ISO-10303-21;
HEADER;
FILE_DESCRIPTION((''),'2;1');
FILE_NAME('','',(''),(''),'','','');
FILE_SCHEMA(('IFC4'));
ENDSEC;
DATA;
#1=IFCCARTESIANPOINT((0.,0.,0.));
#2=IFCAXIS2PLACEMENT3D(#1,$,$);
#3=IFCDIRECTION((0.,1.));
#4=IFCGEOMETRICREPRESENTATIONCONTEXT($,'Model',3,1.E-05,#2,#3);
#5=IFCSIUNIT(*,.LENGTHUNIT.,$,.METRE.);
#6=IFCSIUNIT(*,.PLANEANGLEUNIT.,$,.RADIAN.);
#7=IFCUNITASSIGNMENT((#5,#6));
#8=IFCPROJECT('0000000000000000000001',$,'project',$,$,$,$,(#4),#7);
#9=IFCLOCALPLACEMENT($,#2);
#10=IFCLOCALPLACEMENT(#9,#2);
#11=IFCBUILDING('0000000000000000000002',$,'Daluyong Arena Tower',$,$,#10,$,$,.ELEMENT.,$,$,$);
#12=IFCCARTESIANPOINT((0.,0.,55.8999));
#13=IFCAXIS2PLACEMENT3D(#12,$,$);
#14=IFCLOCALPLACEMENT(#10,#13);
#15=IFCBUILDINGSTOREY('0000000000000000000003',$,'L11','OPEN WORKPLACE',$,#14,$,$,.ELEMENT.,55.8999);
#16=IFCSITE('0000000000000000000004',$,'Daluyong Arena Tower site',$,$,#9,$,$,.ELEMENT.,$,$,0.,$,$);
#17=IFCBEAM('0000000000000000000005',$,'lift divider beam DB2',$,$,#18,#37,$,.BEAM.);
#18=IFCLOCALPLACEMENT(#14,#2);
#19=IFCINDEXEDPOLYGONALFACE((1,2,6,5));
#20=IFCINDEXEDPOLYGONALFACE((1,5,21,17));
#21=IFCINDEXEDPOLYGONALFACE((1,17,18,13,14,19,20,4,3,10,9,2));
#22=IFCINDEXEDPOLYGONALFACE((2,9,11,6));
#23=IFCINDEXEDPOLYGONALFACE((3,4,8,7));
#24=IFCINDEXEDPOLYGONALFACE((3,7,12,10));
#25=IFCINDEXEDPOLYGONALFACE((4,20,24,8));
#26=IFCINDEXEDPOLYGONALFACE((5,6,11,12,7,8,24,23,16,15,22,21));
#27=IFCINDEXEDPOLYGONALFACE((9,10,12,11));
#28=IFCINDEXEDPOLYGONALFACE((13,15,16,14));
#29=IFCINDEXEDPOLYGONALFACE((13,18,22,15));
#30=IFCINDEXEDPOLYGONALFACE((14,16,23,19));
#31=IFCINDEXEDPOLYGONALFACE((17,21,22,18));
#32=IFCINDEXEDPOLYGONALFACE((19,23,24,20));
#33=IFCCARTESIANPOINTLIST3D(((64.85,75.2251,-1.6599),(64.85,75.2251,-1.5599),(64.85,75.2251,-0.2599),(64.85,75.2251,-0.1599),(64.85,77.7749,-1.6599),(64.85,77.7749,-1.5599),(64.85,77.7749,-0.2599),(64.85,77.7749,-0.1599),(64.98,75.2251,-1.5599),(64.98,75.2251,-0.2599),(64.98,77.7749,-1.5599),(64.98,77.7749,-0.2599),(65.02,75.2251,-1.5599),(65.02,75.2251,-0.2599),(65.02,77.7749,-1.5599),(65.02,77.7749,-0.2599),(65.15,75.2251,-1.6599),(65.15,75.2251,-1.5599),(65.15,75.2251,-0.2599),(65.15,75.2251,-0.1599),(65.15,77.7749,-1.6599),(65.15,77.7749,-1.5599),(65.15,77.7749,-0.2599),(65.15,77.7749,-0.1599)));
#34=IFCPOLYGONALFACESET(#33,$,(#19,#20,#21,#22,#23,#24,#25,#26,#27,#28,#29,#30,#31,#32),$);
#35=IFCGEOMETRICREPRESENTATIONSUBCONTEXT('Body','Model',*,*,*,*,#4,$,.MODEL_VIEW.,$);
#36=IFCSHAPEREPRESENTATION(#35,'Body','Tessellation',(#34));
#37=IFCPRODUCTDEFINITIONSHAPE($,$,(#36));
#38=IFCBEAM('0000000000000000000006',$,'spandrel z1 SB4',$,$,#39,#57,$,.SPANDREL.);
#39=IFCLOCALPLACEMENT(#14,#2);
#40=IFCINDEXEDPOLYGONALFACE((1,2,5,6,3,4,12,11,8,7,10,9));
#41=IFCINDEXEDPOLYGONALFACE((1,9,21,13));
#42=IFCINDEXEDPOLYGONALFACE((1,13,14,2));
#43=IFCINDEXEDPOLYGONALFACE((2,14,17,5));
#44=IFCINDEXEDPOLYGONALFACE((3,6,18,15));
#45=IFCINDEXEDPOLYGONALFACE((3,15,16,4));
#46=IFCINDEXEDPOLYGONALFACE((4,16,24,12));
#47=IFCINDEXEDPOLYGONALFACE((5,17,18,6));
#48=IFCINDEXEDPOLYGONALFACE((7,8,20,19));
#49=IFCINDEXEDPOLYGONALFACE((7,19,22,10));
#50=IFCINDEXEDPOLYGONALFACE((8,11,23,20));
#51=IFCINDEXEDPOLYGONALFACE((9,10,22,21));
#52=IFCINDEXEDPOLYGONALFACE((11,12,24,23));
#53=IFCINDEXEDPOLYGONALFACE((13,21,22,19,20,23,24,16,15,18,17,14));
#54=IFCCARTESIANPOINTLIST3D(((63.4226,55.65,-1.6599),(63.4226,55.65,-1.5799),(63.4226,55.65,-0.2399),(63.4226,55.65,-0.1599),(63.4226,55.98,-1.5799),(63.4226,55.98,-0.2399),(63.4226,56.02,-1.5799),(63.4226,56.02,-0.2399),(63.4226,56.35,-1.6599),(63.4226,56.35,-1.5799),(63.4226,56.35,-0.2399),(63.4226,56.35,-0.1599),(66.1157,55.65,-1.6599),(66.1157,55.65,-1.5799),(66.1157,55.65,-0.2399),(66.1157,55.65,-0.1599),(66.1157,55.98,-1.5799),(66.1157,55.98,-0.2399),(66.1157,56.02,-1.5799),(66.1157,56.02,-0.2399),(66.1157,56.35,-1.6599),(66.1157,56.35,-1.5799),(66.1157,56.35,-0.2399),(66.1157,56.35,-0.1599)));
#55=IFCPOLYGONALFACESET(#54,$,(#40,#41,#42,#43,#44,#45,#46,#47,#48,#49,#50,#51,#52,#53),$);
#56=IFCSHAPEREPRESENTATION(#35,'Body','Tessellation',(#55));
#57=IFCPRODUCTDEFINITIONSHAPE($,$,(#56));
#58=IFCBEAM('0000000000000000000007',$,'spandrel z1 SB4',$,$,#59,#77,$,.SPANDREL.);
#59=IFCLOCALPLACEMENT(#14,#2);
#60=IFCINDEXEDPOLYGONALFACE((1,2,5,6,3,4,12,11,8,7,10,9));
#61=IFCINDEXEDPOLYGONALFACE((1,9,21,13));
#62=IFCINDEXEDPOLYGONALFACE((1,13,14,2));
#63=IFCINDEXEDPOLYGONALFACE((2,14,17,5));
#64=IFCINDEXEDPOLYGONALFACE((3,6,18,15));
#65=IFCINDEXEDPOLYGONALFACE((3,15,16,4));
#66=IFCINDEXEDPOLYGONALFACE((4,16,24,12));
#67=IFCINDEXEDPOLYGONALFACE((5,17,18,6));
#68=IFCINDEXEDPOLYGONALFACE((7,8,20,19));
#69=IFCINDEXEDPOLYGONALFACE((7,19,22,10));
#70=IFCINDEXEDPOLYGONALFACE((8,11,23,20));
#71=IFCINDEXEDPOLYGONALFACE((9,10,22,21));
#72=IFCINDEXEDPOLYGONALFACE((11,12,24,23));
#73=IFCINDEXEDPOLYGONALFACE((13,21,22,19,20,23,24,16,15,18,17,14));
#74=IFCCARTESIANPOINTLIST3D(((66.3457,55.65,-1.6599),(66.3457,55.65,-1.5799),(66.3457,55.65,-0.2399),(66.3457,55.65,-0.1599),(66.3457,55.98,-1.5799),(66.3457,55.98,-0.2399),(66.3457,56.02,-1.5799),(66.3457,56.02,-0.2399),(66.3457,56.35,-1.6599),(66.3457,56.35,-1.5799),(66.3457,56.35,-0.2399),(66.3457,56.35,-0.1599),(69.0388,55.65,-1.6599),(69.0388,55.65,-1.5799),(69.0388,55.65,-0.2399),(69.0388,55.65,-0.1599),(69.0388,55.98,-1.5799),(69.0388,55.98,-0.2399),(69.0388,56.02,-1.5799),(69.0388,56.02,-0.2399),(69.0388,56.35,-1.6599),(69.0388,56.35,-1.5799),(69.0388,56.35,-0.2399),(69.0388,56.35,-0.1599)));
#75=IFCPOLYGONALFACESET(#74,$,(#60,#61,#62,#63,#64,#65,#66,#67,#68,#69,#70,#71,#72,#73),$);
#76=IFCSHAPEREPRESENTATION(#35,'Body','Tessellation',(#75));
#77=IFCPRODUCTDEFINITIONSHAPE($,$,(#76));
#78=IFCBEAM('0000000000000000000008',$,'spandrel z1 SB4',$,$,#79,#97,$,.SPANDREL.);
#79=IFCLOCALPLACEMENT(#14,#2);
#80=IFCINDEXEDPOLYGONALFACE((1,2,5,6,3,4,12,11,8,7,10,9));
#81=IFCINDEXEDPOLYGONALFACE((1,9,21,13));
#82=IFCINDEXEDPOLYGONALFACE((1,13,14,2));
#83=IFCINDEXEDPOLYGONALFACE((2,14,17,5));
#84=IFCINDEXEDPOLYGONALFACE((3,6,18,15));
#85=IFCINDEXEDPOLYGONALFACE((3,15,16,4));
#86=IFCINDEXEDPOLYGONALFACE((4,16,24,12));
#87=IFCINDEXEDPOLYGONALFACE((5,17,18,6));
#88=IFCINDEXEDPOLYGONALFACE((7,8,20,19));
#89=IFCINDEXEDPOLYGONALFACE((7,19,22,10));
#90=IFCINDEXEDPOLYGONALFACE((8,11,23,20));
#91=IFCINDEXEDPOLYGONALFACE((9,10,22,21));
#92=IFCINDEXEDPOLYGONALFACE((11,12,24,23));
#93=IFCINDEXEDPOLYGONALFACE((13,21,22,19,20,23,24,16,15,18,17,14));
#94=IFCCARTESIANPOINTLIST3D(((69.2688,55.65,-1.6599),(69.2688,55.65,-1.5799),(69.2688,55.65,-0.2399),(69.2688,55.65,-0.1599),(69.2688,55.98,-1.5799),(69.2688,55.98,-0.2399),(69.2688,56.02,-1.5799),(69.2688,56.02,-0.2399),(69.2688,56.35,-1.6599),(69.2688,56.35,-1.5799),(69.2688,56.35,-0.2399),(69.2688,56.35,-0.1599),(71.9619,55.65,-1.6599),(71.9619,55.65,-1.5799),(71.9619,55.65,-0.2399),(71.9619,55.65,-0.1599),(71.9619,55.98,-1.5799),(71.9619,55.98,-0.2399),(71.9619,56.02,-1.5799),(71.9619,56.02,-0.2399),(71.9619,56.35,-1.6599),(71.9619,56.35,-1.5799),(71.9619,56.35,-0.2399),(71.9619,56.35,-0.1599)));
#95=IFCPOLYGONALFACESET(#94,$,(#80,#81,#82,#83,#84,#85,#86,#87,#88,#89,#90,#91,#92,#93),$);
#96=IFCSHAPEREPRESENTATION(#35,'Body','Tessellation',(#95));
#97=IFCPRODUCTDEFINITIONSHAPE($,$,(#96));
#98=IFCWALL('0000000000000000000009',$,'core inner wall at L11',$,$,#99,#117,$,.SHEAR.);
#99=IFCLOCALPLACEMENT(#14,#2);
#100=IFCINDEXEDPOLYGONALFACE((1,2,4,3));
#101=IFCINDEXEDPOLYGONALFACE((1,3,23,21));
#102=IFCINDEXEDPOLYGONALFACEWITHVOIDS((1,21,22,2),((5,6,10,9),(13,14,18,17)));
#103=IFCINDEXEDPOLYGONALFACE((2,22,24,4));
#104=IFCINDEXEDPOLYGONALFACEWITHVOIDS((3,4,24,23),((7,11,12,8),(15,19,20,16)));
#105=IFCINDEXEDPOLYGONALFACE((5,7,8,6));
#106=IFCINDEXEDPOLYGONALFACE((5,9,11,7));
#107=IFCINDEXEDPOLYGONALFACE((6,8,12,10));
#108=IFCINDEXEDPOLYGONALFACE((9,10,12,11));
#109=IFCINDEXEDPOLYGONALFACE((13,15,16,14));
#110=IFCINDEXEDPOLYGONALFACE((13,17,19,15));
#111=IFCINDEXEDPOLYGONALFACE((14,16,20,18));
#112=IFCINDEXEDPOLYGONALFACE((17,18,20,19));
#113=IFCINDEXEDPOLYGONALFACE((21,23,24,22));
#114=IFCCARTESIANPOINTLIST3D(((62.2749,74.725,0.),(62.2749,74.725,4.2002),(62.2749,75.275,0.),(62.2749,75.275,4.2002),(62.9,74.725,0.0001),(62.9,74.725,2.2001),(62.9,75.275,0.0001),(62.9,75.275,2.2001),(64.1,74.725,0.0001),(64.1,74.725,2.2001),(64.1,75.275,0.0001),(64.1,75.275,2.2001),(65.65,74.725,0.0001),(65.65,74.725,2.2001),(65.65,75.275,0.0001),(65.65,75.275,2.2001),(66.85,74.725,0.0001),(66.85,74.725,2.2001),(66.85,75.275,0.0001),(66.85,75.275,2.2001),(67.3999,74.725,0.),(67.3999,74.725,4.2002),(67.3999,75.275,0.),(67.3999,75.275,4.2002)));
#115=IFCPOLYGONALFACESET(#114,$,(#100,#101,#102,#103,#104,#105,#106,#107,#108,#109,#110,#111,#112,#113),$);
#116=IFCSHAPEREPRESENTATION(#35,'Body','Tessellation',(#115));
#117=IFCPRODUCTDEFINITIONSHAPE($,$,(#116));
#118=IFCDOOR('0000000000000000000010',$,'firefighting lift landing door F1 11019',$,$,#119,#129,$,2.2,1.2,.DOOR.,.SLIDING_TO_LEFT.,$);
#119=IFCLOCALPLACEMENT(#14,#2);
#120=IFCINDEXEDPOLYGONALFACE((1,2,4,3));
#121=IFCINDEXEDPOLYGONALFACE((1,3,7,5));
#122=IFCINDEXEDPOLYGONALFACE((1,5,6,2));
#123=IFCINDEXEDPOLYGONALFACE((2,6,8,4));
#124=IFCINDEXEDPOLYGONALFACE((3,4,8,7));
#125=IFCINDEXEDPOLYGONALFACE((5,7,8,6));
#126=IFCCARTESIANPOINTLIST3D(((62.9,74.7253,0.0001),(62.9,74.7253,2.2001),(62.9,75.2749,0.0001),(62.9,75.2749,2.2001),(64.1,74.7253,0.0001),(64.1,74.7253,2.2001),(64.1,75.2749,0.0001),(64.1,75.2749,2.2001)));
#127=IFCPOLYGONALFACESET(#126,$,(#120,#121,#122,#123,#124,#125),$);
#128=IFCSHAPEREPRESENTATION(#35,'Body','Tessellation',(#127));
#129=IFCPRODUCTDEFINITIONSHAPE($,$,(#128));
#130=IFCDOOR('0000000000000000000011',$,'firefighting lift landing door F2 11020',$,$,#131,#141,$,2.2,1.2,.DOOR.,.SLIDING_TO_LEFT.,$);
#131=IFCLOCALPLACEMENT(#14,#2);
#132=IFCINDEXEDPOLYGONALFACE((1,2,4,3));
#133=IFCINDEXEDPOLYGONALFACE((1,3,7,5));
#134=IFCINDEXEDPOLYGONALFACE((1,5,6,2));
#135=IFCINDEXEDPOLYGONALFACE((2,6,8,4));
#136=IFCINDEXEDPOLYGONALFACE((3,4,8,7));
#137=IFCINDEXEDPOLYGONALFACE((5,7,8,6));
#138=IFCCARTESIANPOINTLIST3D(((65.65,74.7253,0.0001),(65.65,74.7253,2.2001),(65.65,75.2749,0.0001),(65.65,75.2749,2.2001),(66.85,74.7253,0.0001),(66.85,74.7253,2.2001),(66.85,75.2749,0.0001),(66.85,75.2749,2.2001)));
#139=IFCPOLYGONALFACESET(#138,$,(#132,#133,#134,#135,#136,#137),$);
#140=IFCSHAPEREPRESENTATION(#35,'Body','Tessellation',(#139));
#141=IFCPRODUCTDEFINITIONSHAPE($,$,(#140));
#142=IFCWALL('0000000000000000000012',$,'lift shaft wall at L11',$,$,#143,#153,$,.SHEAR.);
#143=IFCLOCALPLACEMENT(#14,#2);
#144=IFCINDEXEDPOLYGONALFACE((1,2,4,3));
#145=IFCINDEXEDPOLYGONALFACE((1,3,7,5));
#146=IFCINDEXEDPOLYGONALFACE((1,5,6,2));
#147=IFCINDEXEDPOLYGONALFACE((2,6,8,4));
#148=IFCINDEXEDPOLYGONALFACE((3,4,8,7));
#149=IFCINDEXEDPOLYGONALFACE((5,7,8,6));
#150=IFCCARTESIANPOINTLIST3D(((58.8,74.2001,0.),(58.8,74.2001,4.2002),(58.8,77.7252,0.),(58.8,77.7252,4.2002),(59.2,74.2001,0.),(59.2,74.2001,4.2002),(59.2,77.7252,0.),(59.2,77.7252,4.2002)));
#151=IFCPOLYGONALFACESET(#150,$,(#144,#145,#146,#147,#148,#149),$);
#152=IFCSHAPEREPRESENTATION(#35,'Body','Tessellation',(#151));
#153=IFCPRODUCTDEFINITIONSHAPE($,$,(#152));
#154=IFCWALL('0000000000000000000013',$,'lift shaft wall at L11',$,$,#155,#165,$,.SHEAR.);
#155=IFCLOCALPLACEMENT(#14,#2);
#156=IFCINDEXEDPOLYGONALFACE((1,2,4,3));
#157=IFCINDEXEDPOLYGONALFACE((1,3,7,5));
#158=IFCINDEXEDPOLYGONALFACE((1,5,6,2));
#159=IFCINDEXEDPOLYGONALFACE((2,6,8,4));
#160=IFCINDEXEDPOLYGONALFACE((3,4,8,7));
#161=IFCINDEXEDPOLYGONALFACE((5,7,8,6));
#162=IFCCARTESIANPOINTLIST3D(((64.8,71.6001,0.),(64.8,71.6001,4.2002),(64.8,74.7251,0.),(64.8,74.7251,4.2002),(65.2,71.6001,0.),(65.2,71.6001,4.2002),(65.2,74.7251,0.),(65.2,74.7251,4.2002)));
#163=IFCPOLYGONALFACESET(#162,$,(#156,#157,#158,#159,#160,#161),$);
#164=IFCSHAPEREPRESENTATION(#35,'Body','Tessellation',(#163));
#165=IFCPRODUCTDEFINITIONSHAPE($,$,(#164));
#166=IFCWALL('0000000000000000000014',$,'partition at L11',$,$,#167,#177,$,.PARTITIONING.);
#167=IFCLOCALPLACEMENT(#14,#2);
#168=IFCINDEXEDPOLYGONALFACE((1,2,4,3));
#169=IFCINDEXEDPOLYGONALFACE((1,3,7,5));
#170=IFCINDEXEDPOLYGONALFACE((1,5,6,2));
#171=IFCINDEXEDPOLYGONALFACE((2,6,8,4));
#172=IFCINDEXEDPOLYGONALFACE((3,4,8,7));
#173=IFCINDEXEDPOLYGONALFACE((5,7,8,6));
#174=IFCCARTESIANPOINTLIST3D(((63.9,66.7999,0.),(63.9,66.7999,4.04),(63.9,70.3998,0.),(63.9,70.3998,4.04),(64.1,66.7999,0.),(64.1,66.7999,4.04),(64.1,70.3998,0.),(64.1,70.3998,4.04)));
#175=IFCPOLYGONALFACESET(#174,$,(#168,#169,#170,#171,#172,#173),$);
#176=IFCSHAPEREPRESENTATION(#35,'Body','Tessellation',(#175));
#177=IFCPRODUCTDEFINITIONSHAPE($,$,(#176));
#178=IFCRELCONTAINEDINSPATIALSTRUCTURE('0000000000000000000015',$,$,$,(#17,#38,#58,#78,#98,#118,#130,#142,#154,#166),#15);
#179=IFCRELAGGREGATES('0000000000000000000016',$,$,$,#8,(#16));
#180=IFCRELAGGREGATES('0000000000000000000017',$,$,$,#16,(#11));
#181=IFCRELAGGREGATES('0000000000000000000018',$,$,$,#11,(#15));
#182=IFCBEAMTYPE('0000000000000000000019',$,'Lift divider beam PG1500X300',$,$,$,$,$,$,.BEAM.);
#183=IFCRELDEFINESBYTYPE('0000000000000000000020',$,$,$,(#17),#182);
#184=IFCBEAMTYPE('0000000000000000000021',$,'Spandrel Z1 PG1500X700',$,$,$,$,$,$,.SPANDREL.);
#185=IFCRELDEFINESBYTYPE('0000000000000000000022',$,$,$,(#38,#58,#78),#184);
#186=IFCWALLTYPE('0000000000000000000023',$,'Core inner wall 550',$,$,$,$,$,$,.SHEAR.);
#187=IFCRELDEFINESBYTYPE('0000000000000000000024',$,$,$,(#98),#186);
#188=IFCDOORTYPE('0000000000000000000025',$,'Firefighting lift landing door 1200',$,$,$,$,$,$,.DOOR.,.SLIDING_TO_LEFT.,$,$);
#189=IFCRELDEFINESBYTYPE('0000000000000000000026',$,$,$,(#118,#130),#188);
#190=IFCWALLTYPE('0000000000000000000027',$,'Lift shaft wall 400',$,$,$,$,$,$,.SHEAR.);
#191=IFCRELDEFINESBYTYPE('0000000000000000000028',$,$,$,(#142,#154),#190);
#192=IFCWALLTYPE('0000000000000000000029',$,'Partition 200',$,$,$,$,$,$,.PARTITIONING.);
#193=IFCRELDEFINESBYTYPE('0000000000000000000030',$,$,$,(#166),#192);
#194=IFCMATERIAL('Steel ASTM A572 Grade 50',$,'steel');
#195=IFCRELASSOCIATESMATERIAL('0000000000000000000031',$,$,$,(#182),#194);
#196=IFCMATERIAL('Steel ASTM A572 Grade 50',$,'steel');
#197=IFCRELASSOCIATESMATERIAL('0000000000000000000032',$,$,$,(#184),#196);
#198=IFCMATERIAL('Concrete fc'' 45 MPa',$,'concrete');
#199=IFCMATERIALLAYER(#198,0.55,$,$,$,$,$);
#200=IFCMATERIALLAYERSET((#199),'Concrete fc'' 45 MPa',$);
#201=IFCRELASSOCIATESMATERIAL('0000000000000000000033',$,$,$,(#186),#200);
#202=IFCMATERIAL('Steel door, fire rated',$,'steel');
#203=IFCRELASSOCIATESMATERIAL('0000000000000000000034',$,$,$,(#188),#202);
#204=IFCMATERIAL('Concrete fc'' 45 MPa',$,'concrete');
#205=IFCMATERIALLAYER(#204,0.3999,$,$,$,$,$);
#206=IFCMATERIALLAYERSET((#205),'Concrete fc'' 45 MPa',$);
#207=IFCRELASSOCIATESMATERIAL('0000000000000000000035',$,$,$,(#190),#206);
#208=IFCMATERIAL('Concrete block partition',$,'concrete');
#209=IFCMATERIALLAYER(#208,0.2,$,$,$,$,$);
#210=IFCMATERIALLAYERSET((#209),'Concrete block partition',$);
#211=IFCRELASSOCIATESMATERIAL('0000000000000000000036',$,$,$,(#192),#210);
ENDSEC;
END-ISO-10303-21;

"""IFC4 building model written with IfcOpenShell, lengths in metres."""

from ifc_helpers import new_model, si_unit, direction, frame, frame_2d, origin, origin_2d, place, context, subcontext, project, spatial, rectangle, i_section, extrude, material, layer, layer_set, material_profile, profile_set, type_object, element, fill, save


model = new_model("IFC4")

# Units and contexts
model_context = context("Model", 3, precision=1e-05, world=origin(), true_north=direction((0.0, 1.0)))
body_context = subcontext(model_context, "Body", "Model", "MODEL_VIEW")
ifc_project = project(units=[si_unit("LENGTHUNIT", "METRE"), si_unit("PLANEANGLEUNIT", "RADIAN")], contexts=[model_context])

# Site, building, storey
site_placement = place(None, origin())
site = spatial("IfcSite", under=ifc_project, at=site_placement, Name="Daluyong Arena Tower site", CompositionType="ELEMENT", RefElevation=0.0)
building_placement = place(site_placement, origin())
building = spatial("IfcBuilding", under=site, at=building_placement, Name="Daluyong Arena Tower", CompositionType="ELEMENT")
storey_placement = place(building_placement, frame((0.0, 0.0, 55.8999)))
storey = spatial("IfcBuildingStorey", under=building, at=storey_placement, Name="L11", Description="OPEN WORKPLACE", CompositionType="ELEMENT", Elevation=55.8999)

# Beams
ifc_material_1 = material(Name="Steel ASTM A572 Grade 50", Category="steel")
ifc_material_profile_1 = material_profile(ifc_material_1, i_section(OverallWidth=0.3, OverallDepth=1.5, WebThickness=0.04, FlangeThickness=0.1, at=origin_2d()))
ifc_profile_set_1 = profile_set([ifc_material_profile_1], Name="Steel ASTM A572 Grade 50")
beam_type_1 = type_object("IfcBeamType", Name="Lift divider beam PG1500X300", PredefinedType="BEAM", material=ifc_profile_set_1)
beam_1_placement = place(storey_placement, frame((65.0, 75.2251, -0.9099), z_axis=(0.0, 1.0, 0.0), x_axis=(-1.0, 0.0, 0.0)))
element("IfcBeam", 1, at=beam_1_placement, inside=storey, type_object=beam_type_1, Name="lift divider beam DB2", PredefinedType="BEAM", context=body_context, shape_type="SweptSolid", body=[
    extrude(i_section(OverallWidth=0.3, OverallDepth=1.5, WebThickness=0.04, FlangeThickness=0.1, at=origin_2d()), origin(), (0.0, 0.0, 1.0), 2.5498),
])
ifc_material_2 = material(Name="Steel ASTM A572 Grade 50", Category="steel")
ifc_material_profile_2 = material_profile(ifc_material_2, i_section(OverallWidth=0.7, OverallDepth=1.5, WebThickness=0.04, FlangeThickness=0.08, at=origin_2d()))
ifc_profile_set_2 = profile_set([ifc_material_profile_2], Name="Steel ASTM A572 Grade 50")
beam_type_2 = type_object("IfcBeamType", Name="Spandrel Z1 PG1500X700", PredefinedType="SPANDREL", material=ifc_profile_set_2)
for number, where, z_axis, x_axis, name in (
    (2, (63.4226, 56.0, -0.9099), (1.0, 0.0, 0.0), (0.0, 1.0, 0.0), "spandrel z1 SB4"),
    (3, (66.3457, 56.0, -0.9099), (1.0, 0.0, 0.0), (0.0, 1.0, 0.0), "spandrel z1 SB4"),
    (4, (69.2688, 56.0, -0.9099), (1.0, 0.0, 0.0), (0.0, 1.0, 0.0), "spandrel z1 SB4"),
):
    element("IfcBeam", number, at=place(storey_placement, frame(where, z_axis=z_axis, x_axis=x_axis)), inside=storey, type_object=beam_type_2, Name=name, PredefinedType="SPANDREL", context=body_context, shape_type="SweptSolid", body=[
        extrude(i_section(OverallWidth=0.7, OverallDepth=1.5, WebThickness=0.04, FlangeThickness=0.08, at=origin_2d()), origin(), (0.0, 0.0, 1.0), 2.6931),
    ])

# Shared definitions
ifc_material_3 = material(Name="Concrete fc' 45 MPa", Category="concrete")
ifc_layer_1 = layer(ifc_material_3, 0.55)
ifc_layer_set_1 = layer_set([ifc_layer_1], Name="Concrete fc' 45 MPa")
wall_type_1 = type_object("IfcWallType", Name="Core inner wall 550", PredefinedType="SHEAR", material=ifc_layer_set_1)

# Wall, openings, doors
wall_1_placement = place(storey_placement, frame((62.2749, 75.0, 0.0), z_axis=(0.0, 0.0, 1.0), x_axis=(1.0, 0.0, 0.0)))
wall_1 = element("IfcWall", 5, at=wall_1_placement, inside=storey, type_object=wall_type_1, Name="core inner wall at L11", PredefinedType="SHEAR", context=body_context, shape_type="SweptSolid", body=[
    extrude(rectangle(XDim=5.125, YDim=0.55, at=frame_2d((2.5625, 0.0))), origin(), (0.0, 0.0, 1.0), 4.2002),
])
opening_1_placement = place(wall_1_placement, frame((0.625, 0.0, 0.0)))
opening_1 = element("IfcOpeningElement", 6, at=opening_1_placement, cuts=wall_1, PredefinedType="OPENING", context=body_context, shape_type="SweptSolid", body=[
    extrude(rectangle(XDim=1.2, YDim=2.2, at=frame_2d((0.6001, 1.1001))), frame((0.0, 0.2849, 0.0), z_axis=(0.0, -1.0, 0.0), x_axis=(1.0, 0.0, 0.0)), (0.0, 0.0, 1.0), 0.5701),
])
opening_2_placement = place(wall_1_placement, frame((3.375, 0.0, 0.0)))
opening_2 = element("IfcOpeningElement", 7, at=opening_2_placement, cuts=wall_1, PredefinedType="OPENING", context=body_context, shape_type="SweptSolid", body=[
    extrude(rectangle(XDim=1.2, YDim=2.2, at=frame_2d((0.6001, 1.1001))), frame((0.0, 0.2849, 0.0), z_axis=(0.0, -1.0, 0.0), x_axis=(1.0, 0.0, 0.0)), (0.0, 0.0, 1.0), 0.5701),
])
ifc_material_4 = material(Name="Steel door, fire rated", Category="steel")
door_type_1 = type_object("IfcDoorType", Name="Firefighting lift landing door 1200", OperationType="SLIDING_TO_LEFT", PredefinedType="DOOR", material=ifc_material_4)
door_1_placement = place(opening_1_placement, origin())
door_1 = element("IfcDoor", 8, at=door_1_placement, inside=storey, type_object=door_type_1, Name="firefighting lift landing door F1 11019", OperationType="SLIDING_TO_LEFT", OverallHeight=2.2, OverallWidth=1.2, PredefinedType="DOOR", context=body_context, shape_type="SweptSolid", body=[
    extrude(rectangle(XDim=1.2, YDim=2.2, at=frame_2d((0.6001, 1.1001))), frame((0.0, 0.2749, 0.0), z_axis=(0.0, -1.0, 0.0), x_axis=(1.0, 0.0, 0.0)), (0.0, 0.0, 1.0), 0.5496),
])
fill(opening_1, door_1)
door_2_placement = place(opening_2_placement, origin())
door_2 = element("IfcDoor", 9, at=door_2_placement, inside=storey, type_object=door_type_1, Name="firefighting lift landing door F2 11020", OperationType="SLIDING_TO_LEFT", OverallHeight=2.2, OverallWidth=1.2, PredefinedType="DOOR", context=body_context, shape_type="SweptSolid", body=[
    extrude(rectangle(XDim=1.2, YDim=2.2, at=frame_2d((0.6001, 1.1001))), frame((0.0, 0.2749, 0.0), z_axis=(0.0, -1.0, 0.0), x_axis=(1.0, 0.0, 0.0)), (0.0, 0.0, 1.0), 0.5496),
])
fill(opening_2, door_2)

# Walls
ifc_material_5 = material(Name="Concrete fc' 45 MPa", Category="concrete")
ifc_layer_2 = layer(ifc_material_5, 0.3999)
ifc_layer_set_2 = layer_set([ifc_layer_2], Name="Concrete fc' 45 MPa")
wall_type_2 = type_object("IfcWallType", Name="Lift shaft wall 400", PredefinedType="SHEAR", material=ifc_layer_set_2)
wall_2_placement = place(storey_placement, frame((59.0, 74.2, 0.0), z_axis=(0.0, 0.0, 1.0), x_axis=(0.0, 1.0, 0.0)))
element("IfcWall", 10, at=wall_2_placement, inside=storey, type_object=wall_type_2, Name="lift shaft wall at L11", PredefinedType="SHEAR", context=body_context, shape_type="SweptSolid", body=[
    extrude(rectangle(XDim=3.5251, YDim=0.3999, at=frame_2d((1.7627, 0.0))), origin(), (0.0, 0.0, 1.0), 4.2002),
])
wall_3_placement = place(storey_placement, frame((65.0, 71.6001, 0.0), z_axis=(0.0, 0.0, 1.0), x_axis=(0.0, 1.0, 0.0)))
element("IfcWall", 11, at=wall_3_placement, inside=storey, type_object=wall_type_2, Name="lift shaft wall at L11", PredefinedType="SHEAR", context=body_context, shape_type="SweptSolid", body=[
    extrude(rectangle(XDim=3.125, YDim=0.3999, at=frame_2d((1.5625, 0.0))), origin(), (0.0, 0.0, 1.0), 4.2002),
])
ifc_material_6 = material(Name="Concrete block partition", Category="concrete")
ifc_layer_3 = layer(ifc_material_6, 0.2)
ifc_layer_set_3 = layer_set([ifc_layer_3], Name="Concrete block partition")
wall_type_3 = type_object("IfcWallType", Name="Partition 200", PredefinedType="PARTITIONING", material=ifc_layer_set_3)
wall_4_placement = place(storey_placement, frame((64.0, 66.8, 0.0), z_axis=(0.0, 0.0, 1.0), x_axis=(0.0, 1.0, 0.0)))
element("IfcWall", 12, at=wall_4_placement, inside=storey, type_object=wall_type_3, Name="partition at L11", PredefinedType="PARTITIONING", context=body_context, shape_type="SweptSolid", body=[
    extrude(rectangle(XDim=3.5999, YDim=0.2, at=frame_2d((1.7998, 0.0))), origin(), (0.0, 0.0, 1.0), 4.04),
])

save(model, "model.ifc")
